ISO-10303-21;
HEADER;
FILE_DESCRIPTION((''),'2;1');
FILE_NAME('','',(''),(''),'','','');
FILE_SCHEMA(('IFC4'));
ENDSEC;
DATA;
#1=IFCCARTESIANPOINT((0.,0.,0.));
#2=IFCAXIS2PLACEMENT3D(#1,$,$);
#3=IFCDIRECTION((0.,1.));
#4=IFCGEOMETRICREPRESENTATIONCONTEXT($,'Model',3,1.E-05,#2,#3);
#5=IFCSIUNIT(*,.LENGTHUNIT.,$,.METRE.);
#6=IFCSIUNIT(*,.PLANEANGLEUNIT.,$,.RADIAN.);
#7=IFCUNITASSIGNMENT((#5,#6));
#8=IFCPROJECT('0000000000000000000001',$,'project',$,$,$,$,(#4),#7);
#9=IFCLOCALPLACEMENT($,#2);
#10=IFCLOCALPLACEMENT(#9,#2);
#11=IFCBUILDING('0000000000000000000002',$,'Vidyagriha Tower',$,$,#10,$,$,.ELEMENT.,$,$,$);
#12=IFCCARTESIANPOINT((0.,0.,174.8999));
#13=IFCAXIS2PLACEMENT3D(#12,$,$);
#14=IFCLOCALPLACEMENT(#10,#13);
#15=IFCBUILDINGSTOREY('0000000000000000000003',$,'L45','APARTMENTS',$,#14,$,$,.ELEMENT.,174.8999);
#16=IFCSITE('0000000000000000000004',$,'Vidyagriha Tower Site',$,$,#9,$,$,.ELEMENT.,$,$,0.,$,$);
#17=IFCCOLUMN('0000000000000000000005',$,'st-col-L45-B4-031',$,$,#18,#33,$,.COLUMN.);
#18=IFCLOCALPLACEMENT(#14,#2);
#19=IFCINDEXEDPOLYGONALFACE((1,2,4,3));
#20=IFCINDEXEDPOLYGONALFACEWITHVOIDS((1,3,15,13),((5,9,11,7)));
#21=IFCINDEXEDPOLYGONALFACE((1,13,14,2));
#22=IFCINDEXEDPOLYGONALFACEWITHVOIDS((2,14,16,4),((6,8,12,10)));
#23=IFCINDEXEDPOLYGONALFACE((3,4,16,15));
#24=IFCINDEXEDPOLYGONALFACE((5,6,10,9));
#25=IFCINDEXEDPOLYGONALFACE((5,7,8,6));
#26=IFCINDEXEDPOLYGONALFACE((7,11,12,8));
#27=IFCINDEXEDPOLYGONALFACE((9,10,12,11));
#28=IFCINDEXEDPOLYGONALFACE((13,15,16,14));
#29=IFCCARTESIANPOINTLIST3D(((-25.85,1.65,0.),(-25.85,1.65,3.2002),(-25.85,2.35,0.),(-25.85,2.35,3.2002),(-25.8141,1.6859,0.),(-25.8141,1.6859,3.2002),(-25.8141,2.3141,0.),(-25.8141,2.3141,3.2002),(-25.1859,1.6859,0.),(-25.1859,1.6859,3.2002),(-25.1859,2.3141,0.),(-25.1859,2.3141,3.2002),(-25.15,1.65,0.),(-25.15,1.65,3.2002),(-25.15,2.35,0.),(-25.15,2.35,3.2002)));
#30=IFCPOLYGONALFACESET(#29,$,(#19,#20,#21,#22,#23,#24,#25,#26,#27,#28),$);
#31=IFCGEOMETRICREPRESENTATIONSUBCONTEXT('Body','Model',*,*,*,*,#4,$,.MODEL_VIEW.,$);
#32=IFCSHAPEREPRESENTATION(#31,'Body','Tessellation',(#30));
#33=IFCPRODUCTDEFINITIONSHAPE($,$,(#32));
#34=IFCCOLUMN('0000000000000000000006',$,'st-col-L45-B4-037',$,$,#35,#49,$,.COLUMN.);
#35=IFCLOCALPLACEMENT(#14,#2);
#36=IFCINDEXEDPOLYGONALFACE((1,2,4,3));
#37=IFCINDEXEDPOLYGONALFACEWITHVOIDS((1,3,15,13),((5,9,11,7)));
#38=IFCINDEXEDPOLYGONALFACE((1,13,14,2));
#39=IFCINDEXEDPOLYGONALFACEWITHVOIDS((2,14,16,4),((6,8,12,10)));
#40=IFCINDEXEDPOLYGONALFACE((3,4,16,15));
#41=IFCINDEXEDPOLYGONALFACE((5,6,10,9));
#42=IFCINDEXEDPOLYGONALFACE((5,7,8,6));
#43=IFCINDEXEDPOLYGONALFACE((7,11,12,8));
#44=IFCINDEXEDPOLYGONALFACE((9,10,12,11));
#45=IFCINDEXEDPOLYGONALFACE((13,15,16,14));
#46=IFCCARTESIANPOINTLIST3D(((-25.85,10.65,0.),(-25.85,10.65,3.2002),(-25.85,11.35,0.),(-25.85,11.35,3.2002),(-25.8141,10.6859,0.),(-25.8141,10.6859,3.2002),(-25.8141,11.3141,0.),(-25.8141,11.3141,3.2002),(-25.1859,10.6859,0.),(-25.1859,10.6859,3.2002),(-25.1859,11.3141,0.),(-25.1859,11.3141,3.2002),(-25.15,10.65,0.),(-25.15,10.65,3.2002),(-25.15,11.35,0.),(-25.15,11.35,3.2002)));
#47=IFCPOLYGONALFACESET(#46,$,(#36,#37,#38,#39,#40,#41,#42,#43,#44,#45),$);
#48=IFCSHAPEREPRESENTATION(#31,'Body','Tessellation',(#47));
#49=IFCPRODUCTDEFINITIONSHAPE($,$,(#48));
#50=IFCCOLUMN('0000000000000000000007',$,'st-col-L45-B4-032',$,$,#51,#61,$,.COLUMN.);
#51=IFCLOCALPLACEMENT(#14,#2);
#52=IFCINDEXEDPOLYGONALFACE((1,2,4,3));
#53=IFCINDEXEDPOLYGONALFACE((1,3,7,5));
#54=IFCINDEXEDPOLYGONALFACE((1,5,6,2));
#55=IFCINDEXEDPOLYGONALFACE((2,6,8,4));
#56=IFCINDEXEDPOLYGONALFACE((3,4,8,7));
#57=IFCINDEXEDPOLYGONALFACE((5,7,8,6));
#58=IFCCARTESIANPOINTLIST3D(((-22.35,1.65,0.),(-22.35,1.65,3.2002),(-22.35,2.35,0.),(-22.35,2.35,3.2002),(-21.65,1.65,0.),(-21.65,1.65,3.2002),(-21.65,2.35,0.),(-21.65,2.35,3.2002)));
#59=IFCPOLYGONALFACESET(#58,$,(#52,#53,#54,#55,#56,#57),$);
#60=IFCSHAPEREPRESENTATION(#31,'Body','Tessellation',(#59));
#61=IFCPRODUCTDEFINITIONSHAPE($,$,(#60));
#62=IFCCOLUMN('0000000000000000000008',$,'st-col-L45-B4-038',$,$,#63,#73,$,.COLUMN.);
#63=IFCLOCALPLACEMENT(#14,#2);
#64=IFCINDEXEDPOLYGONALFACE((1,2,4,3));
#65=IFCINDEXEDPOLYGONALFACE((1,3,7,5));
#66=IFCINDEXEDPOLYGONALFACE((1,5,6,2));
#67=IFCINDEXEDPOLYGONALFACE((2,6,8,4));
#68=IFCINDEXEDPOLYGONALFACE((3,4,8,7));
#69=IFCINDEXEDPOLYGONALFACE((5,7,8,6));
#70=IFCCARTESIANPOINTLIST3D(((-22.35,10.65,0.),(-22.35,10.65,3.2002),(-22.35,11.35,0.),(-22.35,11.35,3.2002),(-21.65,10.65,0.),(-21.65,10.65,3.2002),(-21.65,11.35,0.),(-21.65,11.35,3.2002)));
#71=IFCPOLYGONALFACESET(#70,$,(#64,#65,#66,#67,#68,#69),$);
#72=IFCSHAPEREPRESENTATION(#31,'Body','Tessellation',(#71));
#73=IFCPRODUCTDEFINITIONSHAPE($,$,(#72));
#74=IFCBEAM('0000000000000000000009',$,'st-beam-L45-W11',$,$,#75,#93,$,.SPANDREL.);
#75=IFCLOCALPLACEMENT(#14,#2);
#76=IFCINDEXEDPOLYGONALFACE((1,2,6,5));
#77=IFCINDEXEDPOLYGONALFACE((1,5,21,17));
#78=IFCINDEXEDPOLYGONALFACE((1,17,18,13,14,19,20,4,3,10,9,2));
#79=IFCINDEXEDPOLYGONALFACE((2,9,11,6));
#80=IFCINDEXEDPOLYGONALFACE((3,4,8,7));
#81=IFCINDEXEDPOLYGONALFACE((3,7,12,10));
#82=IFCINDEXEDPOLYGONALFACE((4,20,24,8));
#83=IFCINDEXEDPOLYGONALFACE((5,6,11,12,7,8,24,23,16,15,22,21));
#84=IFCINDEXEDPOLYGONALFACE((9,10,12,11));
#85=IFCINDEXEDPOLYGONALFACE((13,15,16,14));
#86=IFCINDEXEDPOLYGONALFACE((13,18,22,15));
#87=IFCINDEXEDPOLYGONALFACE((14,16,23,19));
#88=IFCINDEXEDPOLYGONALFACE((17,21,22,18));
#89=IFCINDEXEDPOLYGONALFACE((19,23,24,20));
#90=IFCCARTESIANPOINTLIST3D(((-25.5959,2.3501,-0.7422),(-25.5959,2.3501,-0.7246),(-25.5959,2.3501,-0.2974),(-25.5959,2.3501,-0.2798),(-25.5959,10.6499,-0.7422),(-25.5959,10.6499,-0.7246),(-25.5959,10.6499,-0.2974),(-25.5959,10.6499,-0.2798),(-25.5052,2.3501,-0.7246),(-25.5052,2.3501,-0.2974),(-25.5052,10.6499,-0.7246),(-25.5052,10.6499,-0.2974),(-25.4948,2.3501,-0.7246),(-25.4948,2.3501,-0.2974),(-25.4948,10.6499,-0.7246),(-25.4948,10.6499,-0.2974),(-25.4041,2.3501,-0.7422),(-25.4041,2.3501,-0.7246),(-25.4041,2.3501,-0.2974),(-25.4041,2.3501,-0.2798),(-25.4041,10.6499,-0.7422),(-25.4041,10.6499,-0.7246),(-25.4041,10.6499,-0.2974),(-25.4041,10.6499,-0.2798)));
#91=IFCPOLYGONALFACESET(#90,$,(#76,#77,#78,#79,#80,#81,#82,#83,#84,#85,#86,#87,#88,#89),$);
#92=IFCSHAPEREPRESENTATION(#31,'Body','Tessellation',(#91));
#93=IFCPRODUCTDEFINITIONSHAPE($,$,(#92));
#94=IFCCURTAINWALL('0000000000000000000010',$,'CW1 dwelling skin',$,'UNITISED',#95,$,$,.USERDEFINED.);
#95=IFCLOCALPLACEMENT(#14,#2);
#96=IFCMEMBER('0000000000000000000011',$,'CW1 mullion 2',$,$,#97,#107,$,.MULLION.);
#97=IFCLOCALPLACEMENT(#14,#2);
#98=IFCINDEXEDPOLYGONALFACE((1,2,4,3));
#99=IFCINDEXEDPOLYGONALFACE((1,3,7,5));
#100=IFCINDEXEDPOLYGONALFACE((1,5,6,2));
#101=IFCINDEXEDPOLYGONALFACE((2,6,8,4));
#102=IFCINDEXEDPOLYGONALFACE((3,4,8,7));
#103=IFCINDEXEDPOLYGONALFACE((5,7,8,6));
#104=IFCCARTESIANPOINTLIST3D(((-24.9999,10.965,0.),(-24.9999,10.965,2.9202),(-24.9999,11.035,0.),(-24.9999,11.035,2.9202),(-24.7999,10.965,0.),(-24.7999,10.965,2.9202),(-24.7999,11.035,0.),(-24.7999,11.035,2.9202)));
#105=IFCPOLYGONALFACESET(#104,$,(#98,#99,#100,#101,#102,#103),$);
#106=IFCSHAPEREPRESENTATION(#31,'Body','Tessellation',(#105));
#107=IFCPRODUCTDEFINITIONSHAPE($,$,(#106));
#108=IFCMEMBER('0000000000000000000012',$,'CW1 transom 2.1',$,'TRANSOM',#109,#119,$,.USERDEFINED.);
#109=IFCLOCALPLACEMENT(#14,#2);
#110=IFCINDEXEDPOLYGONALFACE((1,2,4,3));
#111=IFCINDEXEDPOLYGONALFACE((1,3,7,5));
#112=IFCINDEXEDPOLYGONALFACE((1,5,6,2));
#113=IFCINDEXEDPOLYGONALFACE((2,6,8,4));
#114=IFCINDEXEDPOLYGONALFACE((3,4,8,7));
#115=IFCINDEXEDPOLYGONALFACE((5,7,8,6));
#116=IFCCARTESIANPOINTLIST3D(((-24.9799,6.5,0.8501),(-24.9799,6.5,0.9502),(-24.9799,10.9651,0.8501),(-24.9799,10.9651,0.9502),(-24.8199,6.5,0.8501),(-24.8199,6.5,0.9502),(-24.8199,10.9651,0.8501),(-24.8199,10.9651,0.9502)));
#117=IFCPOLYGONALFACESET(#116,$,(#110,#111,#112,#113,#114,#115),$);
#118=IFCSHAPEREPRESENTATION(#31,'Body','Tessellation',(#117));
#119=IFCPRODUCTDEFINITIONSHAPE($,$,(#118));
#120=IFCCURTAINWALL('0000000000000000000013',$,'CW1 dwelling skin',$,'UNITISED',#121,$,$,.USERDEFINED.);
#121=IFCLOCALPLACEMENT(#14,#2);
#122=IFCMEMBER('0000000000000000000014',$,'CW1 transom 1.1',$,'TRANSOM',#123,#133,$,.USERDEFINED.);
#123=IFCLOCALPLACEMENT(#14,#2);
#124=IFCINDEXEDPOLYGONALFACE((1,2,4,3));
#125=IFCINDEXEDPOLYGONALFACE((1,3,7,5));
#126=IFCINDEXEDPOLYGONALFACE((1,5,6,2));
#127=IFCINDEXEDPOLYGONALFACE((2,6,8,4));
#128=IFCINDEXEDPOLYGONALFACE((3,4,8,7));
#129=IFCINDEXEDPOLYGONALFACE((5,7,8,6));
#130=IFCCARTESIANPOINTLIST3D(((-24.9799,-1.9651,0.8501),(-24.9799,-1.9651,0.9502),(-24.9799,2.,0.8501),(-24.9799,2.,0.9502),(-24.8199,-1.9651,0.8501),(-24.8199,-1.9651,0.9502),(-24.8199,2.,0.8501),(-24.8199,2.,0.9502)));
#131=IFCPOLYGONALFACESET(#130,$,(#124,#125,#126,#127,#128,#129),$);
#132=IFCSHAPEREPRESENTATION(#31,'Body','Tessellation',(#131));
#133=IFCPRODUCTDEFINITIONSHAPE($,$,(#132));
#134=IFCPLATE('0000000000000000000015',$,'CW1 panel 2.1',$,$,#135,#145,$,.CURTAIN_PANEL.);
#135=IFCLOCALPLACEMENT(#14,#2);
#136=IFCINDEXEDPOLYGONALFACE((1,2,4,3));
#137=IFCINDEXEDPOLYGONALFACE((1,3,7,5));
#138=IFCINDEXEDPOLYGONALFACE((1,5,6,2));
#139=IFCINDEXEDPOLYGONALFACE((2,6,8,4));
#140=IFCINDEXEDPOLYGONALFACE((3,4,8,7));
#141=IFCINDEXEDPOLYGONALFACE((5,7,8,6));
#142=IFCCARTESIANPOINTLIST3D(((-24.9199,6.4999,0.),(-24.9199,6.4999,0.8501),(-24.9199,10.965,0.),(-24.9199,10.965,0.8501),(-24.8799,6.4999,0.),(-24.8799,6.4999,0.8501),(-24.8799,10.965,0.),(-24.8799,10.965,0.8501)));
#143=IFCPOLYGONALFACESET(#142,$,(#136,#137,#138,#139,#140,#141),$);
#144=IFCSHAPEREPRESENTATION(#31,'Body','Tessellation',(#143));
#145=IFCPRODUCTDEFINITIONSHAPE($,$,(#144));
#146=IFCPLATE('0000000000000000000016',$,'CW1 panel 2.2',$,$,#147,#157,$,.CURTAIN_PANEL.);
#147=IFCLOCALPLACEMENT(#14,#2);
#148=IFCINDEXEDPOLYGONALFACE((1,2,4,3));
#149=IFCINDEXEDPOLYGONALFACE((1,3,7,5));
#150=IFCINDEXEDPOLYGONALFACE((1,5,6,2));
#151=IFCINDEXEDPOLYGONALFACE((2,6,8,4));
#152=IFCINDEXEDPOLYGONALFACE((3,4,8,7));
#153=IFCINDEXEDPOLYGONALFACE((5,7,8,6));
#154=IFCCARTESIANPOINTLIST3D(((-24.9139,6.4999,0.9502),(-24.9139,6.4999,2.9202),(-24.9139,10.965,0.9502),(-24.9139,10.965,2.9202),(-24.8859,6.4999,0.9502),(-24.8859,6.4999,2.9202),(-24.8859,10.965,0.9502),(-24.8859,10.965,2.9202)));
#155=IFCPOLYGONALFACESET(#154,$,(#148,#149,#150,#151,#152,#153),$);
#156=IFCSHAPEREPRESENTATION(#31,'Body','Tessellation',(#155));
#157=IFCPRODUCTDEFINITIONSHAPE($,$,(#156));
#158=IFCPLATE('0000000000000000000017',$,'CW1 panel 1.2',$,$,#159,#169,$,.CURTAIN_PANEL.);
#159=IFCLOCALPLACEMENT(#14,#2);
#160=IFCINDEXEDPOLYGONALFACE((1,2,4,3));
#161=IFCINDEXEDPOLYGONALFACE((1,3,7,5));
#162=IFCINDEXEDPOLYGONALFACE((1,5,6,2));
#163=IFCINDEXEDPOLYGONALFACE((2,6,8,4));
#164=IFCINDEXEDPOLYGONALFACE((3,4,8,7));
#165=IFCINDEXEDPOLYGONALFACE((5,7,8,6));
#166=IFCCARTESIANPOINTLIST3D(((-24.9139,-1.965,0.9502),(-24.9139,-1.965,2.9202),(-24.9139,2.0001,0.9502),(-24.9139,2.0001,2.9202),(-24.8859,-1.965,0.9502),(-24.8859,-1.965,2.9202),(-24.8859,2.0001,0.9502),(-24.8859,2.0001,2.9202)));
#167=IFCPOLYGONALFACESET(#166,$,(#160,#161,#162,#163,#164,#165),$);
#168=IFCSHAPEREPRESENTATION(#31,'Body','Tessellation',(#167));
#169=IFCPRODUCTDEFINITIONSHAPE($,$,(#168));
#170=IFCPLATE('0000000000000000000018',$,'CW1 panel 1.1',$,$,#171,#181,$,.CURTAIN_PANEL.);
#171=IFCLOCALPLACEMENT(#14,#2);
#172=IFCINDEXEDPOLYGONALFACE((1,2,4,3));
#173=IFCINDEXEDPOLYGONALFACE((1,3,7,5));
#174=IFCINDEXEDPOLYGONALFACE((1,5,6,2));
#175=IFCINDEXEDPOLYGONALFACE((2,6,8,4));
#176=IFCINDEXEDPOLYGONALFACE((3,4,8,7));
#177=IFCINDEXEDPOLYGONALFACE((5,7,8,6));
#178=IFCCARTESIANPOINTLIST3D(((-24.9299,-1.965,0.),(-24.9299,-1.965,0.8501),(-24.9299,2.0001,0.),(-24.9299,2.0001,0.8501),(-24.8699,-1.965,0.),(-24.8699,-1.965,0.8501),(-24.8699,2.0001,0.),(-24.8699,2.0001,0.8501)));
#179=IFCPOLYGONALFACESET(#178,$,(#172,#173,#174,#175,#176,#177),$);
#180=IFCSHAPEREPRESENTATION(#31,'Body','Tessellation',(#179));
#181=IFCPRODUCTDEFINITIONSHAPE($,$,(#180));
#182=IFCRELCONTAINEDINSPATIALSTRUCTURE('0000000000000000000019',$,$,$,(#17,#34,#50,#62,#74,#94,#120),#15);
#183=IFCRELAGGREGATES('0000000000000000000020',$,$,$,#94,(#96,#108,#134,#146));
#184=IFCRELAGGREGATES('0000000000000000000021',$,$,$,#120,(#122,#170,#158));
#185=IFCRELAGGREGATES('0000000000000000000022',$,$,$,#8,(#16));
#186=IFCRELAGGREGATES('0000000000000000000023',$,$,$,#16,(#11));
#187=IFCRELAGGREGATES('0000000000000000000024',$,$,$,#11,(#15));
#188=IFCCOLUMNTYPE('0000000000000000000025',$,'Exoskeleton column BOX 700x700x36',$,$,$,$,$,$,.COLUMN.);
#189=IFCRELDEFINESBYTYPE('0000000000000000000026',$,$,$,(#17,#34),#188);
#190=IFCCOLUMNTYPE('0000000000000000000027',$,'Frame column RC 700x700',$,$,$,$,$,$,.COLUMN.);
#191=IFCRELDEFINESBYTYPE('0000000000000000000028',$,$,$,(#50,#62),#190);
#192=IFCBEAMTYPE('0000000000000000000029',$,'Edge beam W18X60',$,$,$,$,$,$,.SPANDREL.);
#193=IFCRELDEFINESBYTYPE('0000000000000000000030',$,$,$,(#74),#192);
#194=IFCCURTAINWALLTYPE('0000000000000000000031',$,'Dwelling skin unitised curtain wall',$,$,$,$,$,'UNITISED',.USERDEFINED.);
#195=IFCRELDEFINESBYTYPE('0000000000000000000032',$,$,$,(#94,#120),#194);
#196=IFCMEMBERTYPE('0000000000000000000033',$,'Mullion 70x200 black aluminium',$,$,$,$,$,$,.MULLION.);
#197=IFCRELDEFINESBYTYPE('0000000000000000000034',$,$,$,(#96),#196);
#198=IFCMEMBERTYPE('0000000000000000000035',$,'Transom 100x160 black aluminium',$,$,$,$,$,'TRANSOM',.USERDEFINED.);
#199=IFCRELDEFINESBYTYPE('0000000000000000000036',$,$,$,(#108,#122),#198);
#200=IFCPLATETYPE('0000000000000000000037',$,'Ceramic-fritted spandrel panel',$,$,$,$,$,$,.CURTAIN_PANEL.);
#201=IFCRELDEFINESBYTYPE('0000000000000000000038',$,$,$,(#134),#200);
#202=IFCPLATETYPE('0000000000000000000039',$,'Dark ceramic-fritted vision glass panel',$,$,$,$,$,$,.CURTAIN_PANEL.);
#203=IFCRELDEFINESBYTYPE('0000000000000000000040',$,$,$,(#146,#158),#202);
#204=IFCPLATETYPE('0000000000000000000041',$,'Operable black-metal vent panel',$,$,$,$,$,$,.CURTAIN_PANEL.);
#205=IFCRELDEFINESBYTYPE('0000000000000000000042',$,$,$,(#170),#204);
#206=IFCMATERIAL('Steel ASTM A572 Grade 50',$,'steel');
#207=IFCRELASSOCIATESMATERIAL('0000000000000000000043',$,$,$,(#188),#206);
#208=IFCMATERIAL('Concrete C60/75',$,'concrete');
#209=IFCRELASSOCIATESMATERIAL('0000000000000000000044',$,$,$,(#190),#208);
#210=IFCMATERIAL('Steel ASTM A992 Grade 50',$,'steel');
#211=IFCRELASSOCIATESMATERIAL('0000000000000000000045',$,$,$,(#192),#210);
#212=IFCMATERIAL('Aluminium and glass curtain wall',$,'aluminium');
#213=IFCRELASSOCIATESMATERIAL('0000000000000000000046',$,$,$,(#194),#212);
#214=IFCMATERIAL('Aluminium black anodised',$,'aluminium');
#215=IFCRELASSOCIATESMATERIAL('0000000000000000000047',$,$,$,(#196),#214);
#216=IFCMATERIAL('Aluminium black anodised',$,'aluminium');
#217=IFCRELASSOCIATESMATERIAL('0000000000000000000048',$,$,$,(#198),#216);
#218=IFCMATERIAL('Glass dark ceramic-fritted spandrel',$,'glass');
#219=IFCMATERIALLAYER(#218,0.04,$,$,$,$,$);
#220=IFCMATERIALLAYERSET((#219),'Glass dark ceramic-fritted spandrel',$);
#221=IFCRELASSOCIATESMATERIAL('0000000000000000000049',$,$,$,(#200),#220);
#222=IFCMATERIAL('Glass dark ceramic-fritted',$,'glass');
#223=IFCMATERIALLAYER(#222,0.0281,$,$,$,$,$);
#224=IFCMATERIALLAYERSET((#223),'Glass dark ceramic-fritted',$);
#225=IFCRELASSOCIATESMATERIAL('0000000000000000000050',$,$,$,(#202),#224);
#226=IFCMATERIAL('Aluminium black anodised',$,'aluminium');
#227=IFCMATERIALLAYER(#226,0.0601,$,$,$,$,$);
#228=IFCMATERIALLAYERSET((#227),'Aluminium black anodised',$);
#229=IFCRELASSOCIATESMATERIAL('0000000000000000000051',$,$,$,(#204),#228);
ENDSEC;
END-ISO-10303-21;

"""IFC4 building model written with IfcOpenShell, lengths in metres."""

from ifc_helpers import new_model, si_unit, direction, frame, origin, origin_2d, place, context, subcontext, project, spatial, rectangle, hollow_rectangle, i_section, extrude, material, layer, layer_set, material_profile, profile_set, type_object, element, aggregate, save


model = new_model("IFC4")

# Units and contexts
model_context = context("Model", 3, precision=1e-05, world=origin(), true_north=direction((0.0, 1.0)))
body_context = subcontext(model_context, "Body", "Model", "MODEL_VIEW")
ifc_project = project(units=[si_unit("LENGTHUNIT", "METRE"), si_unit("PLANEANGLEUNIT", "RADIAN")], contexts=[model_context])

# Site, building, storey
site_placement = place(None, origin())
site = spatial("IfcSite", under=ifc_project, at=site_placement, Name="Vidyagriha Tower Site", CompositionType="ELEMENT", RefElevation=0.0)
building_placement = place(site_placement, origin())
building = spatial("IfcBuilding", under=site, at=building_placement, Name="Vidyagriha Tower", CompositionType="ELEMENT")
storey_placement = place(building_placement, frame((0.0, 0.0, 174.8999)))
storey = spatial("IfcBuildingStorey", under=building, at=storey_placement, Name="L45", Description="APARTMENTS", CompositionType="ELEMENT", Elevation=174.8999)

# Columns
ifc_material_1 = material(Name="Steel ASTM A572 Grade 50", Category="steel")
ifc_material_profile_1 = material_profile(ifc_material_1, hollow_rectangle(XDim=0.7, YDim=0.7, WallThickness=0.0359, at=origin_2d()), Name="BOX 700x700x36")
ifc_profile_set_1 = profile_set([ifc_material_profile_1], Name="Steel ASTM A572 Grade 50")
column_type_1 = type_object("IfcColumnType", Name="Exoskeleton column BOX 700x700x36", PredefinedType="COLUMN", material=ifc_profile_set_1)
for number, where, name in (
    (1, (-25.5, 2.0, 0.0), "st-col-L45-B4-031"),
    (2, (-25.5, 11.0, 0.0), "st-col-L45-B4-037"),
):
    element("IfcColumn", number, at=place(storey_placement, frame(where)), inside=storey, type_object=column_type_1, Name=name, PredefinedType="COLUMN", context=body_context, shape_type="SweptSolid", body=[
        extrude(hollow_rectangle(XDim=0.7, YDim=0.7, WallThickness=0.0359, at=origin_2d()), origin(), (0.0, 0.0, 1.0), 3.2002),
    ])
ifc_material_2 = material(Name="Concrete C60/75", Category="concrete")
ifc_material_profile_2 = material_profile(ifc_material_2, rectangle(XDim=0.7, YDim=0.7, at=origin_2d()), Name="RC 700x700")
ifc_profile_set_2 = profile_set([ifc_material_profile_2], Name="Concrete C60/75")
column_type_2 = type_object("IfcColumnType", Name="Frame column RC 700x700", PredefinedType="COLUMN", material=ifc_profile_set_2)
for number, where, name in (
    (3, (-22.0, 2.0, 0.0), "st-col-L45-B4-032"),
    (4, (-22.0, 11.0, 0.0), "st-col-L45-B4-038"),
):
    element("IfcColumn", number, at=place(storey_placement, frame(where)), inside=storey, type_object=column_type_2, Name=name, PredefinedType="COLUMN", context=body_context, shape_type="SweptSolid", body=[
        extrude(rectangle(XDim=0.7, YDim=0.7, at=origin_2d()), origin(), (0.0, 0.0, 1.0), 3.2002),
    ])

# Beam
ifc_material_3 = material(Name="Steel ASTM A992 Grade 50", Category="steel")
ifc_material_profile_3 = material_profile(ifc_material_3, i_section(OverallWidth=0.1919, OverallDepth=0.4624, WebThickness=0.0105, FlangeThickness=0.0176, at=origin_2d()), Name="W18X60")
ifc_profile_set_3 = profile_set([ifc_material_profile_3], Name="Steel ASTM A992 Grade 50")
beam_type = type_object("IfcBeamType", Name="Edge beam W18X60", PredefinedType="SPANDREL", material=ifc_profile_set_3)
beam_placement = place(storey_placement, frame((-25.5, 2.3501, -0.511), z_axis=(0.0, 1.0, 0.0), x_axis=(-1.0, 0.0, 0.0)))
element("IfcBeam", 5, at=beam_placement, inside=storey, type_object=beam_type, Name="st-beam-L45-W11", PredefinedType="SPANDREL", context=body_context, shape_type="SweptSolid", body=[
    extrude(i_section(OverallWidth=0.1919, OverallDepth=0.4624, WebThickness=0.0105, FlangeThickness=0.0176, at=origin_2d()), origin(), (0.0, 0.0, 1.0), 8.2998),
])

# Curtain wall, members
ifc_material_4 = material(Name="Aluminium and glass curtain wall", Category="aluminium")
curtain_wall_type = type_object("IfcCurtainWallType", Name="Dwelling skin unitised curtain wall", ElementType="UNITISED", PredefinedType="USERDEFINED", material=ifc_material_4)
curtain_wall_1_placement = place(storey_placement, origin())
curtain_wall_1 = element("IfcCurtainWall", 6, at=curtain_wall_1_placement, inside=storey, type_object=curtain_wall_type, Name="CW1 dwelling skin", ObjectType="UNITISED", PredefinedType="USERDEFINED")
ifc_material_5 = material(Name="Aluminium black anodised", Category="aluminium")
ifc_material_profile_4 = material_profile(ifc_material_5, rectangle(XDim=0.2, YDim=0.0701, at=origin_2d()), Name="Mullion 70x200 black aluminium")
ifc_profile_set_4 = profile_set([ifc_material_profile_4], Name="Aluminium black anodised")
member_type_1 = type_object("IfcMemberType", Name="Mullion 70x200 black aluminium", PredefinedType="MULLION", material=ifc_profile_set_4)
member_1_placement = place(storey_placement, frame((-24.8999, 11.0, 0.0)))
member_1 = element("IfcMember", 7, at=member_1_placement, type_object=member_type_1, Name="CW1 mullion 2", PredefinedType="MULLION", context=body_context, shape_type="SweptSolid", body=[
    extrude(rectangle(XDim=0.2, YDim=0.0701, at=origin_2d()), origin(), (0.0, 0.0, 1.0), 2.9202),
])
ifc_material_6 = material(Name="Aluminium black anodised", Category="aluminium")
ifc_material_profile_5 = material_profile(ifc_material_6, rectangle(XDim=0.1599, YDim=0.1001, at=origin_2d()), Name="Transom 100x160 black aluminium")
ifc_profile_set_5 = profile_set([ifc_material_profile_5], Name="Aluminium black anodised")
member_type_2 = type_object("IfcMemberType", Name="Transom 100x160 black aluminium", ElementType="TRANSOM", PredefinedType="USERDEFINED", material=ifc_profile_set_5)
member_2_placement = place(storey_placement, frame((-24.8999, 10.9651, 0.9001), z_axis=(0.0, -1.0, 0.0), x_axis=(1.0, 0.0, 0.0)))
member_2 = element("IfcMember", 8, at=member_2_placement, type_object=member_type_2, Name="CW1 transom 2.1", ObjectType="TRANSOM", PredefinedType="USERDEFINED", context=body_context, shape_type="SweptSolid", body=[
    extrude(rectangle(XDim=0.1599, YDim=0.1001, at=origin_2d()), origin(), (0.0, 0.0, 1.0), 4.4651),
])

# Curtain wall, member
curtain_wall_2_placement = place(storey_placement, origin())
curtain_wall_2 = element("IfcCurtainWall", 9, at=curtain_wall_2_placement, inside=storey, type_object=curtain_wall_type, Name="CW1 dwelling skin", ObjectType="UNITISED", PredefinedType="USERDEFINED")
member_3_placement = place(storey_placement, frame((-24.8999, 2.0, 0.9001), z_axis=(0.0, -1.0, 0.0), x_axis=(1.0, 0.0, 0.0)))
member_3 = element("IfcMember", 10, at=member_3_placement, type_object=member_type_2, Name="CW1 transom 1.1", ObjectType="TRANSOM", PredefinedType="USERDEFINED", context=body_context, shape_type="SweptSolid", body=[
    extrude(rectangle(XDim=0.1599, YDim=0.1001, at=origin_2d()), origin(), (0.0, 0.0, 1.0), 3.9651),
])

# Plates
ifc_material_7 = material(Name="Glass dark ceramic-fritted spandrel", Category="glass")
ifc_layer_1 = layer(ifc_material_7, 0.04)
ifc_layer_set_1 = layer_set([ifc_layer_1], Name="Glass dark ceramic-fritted spandrel")
plate_type_1 = type_object("IfcPlateType", Name="Ceramic-fritted spandrel panel", PredefinedType="CURTAIN_PANEL", material=ifc_layer_set_1)
plate_1_placement = place(storey_placement, frame((-24.8999, 8.7324, 0.0), z_axis=(0.0, 0.0, 1.0), x_axis=(0.0, -1.0, 0.0)))
plate_1 = element("IfcPlate", 11, at=plate_1_placement, type_object=plate_type_1, Name="CW1 panel 2.1", PredefinedType="CURTAIN_PANEL", context=body_context, shape_type="SweptSolid", body=[
    extrude(rectangle(XDim=4.4651, YDim=0.04, at=origin_2d()), origin(), (0.0, 0.0, 1.0), 0.8501),
])
ifc_material_8 = material(Name="Glass dark ceramic-fritted", Category="glass")
ifc_layer_2 = layer(ifc_material_8, 0.0281)
ifc_layer_set_2 = layer_set([ifc_layer_2], Name="Glass dark ceramic-fritted")
plate_type_2 = type_object("IfcPlateType", Name="Dark ceramic-fritted vision glass panel", PredefinedType="CURTAIN_PANEL", material=ifc_layer_set_2)
plate_2_placement = place(storey_placement, frame((-24.8999, 8.7324, 0.9502), z_axis=(0.0, 0.0, 1.0), x_axis=(0.0, -1.0, 0.0)))
plate_2 = element("IfcPlate", 12, at=plate_2_placement, type_object=plate_type_2, Name="CW1 panel 2.2", PredefinedType="CURTAIN_PANEL", context=body_context, shape_type="SweptSolid", body=[
    extrude(rectangle(XDim=4.4651, YDim=0.0281, at=origin_2d()), origin(), (0.0, 0.0, 1.0), 1.97),
])
aggregate(curtain_wall_1, [member_1, member_2, plate_1, plate_2])
plate_3_placement = place(storey_placement, frame((-24.8999, 0.0176, 0.9502), z_axis=(0.0, 0.0, 1.0), x_axis=(0.0, -1.0, 0.0)))
plate_3 = element("IfcPlate", 13, at=plate_3_placement, type_object=plate_type_2, Name="CW1 panel 1.2", PredefinedType="CURTAIN_PANEL", context=body_context, shape_type="SweptSolid", body=[
    extrude(rectangle(XDim=3.9651, YDim=0.0281, at=origin_2d()), origin(), (0.0, 0.0, 1.0), 1.97),
])
ifc_material_9 = material(Name="Aluminium black anodised", Category="aluminium")
ifc_layer_3 = layer(ifc_material_9, 0.0601)
ifc_layer_set_3 = layer_set([ifc_layer_3], Name="Aluminium black anodised")
plate_type_3 = type_object("IfcPlateType", Name="Operable black-metal vent panel", PredefinedType="CURTAIN_PANEL", material=ifc_layer_set_3)
plate_4_placement = place(storey_placement, frame((-24.8999, 0.0176, 0.0), z_axis=(0.0, 0.0, 1.0), x_axis=(0.0, -1.0, 0.0)))
plate_4 = element("IfcPlate", 14, at=plate_4_placement, type_object=plate_type_3, Name="CW1 panel 1.1", PredefinedType="CURTAIN_PANEL", context=body_context, shape_type="SweptSolid", body=[
    extrude(rectangle(XDim=3.9651, YDim=0.0601, at=origin_2d()), origin(), (0.0, 0.0, 1.0), 0.8501),
])
aggregate(curtain_wall_2, [member_3, plate_4, plate_3])

save(model, "model.ifc")
